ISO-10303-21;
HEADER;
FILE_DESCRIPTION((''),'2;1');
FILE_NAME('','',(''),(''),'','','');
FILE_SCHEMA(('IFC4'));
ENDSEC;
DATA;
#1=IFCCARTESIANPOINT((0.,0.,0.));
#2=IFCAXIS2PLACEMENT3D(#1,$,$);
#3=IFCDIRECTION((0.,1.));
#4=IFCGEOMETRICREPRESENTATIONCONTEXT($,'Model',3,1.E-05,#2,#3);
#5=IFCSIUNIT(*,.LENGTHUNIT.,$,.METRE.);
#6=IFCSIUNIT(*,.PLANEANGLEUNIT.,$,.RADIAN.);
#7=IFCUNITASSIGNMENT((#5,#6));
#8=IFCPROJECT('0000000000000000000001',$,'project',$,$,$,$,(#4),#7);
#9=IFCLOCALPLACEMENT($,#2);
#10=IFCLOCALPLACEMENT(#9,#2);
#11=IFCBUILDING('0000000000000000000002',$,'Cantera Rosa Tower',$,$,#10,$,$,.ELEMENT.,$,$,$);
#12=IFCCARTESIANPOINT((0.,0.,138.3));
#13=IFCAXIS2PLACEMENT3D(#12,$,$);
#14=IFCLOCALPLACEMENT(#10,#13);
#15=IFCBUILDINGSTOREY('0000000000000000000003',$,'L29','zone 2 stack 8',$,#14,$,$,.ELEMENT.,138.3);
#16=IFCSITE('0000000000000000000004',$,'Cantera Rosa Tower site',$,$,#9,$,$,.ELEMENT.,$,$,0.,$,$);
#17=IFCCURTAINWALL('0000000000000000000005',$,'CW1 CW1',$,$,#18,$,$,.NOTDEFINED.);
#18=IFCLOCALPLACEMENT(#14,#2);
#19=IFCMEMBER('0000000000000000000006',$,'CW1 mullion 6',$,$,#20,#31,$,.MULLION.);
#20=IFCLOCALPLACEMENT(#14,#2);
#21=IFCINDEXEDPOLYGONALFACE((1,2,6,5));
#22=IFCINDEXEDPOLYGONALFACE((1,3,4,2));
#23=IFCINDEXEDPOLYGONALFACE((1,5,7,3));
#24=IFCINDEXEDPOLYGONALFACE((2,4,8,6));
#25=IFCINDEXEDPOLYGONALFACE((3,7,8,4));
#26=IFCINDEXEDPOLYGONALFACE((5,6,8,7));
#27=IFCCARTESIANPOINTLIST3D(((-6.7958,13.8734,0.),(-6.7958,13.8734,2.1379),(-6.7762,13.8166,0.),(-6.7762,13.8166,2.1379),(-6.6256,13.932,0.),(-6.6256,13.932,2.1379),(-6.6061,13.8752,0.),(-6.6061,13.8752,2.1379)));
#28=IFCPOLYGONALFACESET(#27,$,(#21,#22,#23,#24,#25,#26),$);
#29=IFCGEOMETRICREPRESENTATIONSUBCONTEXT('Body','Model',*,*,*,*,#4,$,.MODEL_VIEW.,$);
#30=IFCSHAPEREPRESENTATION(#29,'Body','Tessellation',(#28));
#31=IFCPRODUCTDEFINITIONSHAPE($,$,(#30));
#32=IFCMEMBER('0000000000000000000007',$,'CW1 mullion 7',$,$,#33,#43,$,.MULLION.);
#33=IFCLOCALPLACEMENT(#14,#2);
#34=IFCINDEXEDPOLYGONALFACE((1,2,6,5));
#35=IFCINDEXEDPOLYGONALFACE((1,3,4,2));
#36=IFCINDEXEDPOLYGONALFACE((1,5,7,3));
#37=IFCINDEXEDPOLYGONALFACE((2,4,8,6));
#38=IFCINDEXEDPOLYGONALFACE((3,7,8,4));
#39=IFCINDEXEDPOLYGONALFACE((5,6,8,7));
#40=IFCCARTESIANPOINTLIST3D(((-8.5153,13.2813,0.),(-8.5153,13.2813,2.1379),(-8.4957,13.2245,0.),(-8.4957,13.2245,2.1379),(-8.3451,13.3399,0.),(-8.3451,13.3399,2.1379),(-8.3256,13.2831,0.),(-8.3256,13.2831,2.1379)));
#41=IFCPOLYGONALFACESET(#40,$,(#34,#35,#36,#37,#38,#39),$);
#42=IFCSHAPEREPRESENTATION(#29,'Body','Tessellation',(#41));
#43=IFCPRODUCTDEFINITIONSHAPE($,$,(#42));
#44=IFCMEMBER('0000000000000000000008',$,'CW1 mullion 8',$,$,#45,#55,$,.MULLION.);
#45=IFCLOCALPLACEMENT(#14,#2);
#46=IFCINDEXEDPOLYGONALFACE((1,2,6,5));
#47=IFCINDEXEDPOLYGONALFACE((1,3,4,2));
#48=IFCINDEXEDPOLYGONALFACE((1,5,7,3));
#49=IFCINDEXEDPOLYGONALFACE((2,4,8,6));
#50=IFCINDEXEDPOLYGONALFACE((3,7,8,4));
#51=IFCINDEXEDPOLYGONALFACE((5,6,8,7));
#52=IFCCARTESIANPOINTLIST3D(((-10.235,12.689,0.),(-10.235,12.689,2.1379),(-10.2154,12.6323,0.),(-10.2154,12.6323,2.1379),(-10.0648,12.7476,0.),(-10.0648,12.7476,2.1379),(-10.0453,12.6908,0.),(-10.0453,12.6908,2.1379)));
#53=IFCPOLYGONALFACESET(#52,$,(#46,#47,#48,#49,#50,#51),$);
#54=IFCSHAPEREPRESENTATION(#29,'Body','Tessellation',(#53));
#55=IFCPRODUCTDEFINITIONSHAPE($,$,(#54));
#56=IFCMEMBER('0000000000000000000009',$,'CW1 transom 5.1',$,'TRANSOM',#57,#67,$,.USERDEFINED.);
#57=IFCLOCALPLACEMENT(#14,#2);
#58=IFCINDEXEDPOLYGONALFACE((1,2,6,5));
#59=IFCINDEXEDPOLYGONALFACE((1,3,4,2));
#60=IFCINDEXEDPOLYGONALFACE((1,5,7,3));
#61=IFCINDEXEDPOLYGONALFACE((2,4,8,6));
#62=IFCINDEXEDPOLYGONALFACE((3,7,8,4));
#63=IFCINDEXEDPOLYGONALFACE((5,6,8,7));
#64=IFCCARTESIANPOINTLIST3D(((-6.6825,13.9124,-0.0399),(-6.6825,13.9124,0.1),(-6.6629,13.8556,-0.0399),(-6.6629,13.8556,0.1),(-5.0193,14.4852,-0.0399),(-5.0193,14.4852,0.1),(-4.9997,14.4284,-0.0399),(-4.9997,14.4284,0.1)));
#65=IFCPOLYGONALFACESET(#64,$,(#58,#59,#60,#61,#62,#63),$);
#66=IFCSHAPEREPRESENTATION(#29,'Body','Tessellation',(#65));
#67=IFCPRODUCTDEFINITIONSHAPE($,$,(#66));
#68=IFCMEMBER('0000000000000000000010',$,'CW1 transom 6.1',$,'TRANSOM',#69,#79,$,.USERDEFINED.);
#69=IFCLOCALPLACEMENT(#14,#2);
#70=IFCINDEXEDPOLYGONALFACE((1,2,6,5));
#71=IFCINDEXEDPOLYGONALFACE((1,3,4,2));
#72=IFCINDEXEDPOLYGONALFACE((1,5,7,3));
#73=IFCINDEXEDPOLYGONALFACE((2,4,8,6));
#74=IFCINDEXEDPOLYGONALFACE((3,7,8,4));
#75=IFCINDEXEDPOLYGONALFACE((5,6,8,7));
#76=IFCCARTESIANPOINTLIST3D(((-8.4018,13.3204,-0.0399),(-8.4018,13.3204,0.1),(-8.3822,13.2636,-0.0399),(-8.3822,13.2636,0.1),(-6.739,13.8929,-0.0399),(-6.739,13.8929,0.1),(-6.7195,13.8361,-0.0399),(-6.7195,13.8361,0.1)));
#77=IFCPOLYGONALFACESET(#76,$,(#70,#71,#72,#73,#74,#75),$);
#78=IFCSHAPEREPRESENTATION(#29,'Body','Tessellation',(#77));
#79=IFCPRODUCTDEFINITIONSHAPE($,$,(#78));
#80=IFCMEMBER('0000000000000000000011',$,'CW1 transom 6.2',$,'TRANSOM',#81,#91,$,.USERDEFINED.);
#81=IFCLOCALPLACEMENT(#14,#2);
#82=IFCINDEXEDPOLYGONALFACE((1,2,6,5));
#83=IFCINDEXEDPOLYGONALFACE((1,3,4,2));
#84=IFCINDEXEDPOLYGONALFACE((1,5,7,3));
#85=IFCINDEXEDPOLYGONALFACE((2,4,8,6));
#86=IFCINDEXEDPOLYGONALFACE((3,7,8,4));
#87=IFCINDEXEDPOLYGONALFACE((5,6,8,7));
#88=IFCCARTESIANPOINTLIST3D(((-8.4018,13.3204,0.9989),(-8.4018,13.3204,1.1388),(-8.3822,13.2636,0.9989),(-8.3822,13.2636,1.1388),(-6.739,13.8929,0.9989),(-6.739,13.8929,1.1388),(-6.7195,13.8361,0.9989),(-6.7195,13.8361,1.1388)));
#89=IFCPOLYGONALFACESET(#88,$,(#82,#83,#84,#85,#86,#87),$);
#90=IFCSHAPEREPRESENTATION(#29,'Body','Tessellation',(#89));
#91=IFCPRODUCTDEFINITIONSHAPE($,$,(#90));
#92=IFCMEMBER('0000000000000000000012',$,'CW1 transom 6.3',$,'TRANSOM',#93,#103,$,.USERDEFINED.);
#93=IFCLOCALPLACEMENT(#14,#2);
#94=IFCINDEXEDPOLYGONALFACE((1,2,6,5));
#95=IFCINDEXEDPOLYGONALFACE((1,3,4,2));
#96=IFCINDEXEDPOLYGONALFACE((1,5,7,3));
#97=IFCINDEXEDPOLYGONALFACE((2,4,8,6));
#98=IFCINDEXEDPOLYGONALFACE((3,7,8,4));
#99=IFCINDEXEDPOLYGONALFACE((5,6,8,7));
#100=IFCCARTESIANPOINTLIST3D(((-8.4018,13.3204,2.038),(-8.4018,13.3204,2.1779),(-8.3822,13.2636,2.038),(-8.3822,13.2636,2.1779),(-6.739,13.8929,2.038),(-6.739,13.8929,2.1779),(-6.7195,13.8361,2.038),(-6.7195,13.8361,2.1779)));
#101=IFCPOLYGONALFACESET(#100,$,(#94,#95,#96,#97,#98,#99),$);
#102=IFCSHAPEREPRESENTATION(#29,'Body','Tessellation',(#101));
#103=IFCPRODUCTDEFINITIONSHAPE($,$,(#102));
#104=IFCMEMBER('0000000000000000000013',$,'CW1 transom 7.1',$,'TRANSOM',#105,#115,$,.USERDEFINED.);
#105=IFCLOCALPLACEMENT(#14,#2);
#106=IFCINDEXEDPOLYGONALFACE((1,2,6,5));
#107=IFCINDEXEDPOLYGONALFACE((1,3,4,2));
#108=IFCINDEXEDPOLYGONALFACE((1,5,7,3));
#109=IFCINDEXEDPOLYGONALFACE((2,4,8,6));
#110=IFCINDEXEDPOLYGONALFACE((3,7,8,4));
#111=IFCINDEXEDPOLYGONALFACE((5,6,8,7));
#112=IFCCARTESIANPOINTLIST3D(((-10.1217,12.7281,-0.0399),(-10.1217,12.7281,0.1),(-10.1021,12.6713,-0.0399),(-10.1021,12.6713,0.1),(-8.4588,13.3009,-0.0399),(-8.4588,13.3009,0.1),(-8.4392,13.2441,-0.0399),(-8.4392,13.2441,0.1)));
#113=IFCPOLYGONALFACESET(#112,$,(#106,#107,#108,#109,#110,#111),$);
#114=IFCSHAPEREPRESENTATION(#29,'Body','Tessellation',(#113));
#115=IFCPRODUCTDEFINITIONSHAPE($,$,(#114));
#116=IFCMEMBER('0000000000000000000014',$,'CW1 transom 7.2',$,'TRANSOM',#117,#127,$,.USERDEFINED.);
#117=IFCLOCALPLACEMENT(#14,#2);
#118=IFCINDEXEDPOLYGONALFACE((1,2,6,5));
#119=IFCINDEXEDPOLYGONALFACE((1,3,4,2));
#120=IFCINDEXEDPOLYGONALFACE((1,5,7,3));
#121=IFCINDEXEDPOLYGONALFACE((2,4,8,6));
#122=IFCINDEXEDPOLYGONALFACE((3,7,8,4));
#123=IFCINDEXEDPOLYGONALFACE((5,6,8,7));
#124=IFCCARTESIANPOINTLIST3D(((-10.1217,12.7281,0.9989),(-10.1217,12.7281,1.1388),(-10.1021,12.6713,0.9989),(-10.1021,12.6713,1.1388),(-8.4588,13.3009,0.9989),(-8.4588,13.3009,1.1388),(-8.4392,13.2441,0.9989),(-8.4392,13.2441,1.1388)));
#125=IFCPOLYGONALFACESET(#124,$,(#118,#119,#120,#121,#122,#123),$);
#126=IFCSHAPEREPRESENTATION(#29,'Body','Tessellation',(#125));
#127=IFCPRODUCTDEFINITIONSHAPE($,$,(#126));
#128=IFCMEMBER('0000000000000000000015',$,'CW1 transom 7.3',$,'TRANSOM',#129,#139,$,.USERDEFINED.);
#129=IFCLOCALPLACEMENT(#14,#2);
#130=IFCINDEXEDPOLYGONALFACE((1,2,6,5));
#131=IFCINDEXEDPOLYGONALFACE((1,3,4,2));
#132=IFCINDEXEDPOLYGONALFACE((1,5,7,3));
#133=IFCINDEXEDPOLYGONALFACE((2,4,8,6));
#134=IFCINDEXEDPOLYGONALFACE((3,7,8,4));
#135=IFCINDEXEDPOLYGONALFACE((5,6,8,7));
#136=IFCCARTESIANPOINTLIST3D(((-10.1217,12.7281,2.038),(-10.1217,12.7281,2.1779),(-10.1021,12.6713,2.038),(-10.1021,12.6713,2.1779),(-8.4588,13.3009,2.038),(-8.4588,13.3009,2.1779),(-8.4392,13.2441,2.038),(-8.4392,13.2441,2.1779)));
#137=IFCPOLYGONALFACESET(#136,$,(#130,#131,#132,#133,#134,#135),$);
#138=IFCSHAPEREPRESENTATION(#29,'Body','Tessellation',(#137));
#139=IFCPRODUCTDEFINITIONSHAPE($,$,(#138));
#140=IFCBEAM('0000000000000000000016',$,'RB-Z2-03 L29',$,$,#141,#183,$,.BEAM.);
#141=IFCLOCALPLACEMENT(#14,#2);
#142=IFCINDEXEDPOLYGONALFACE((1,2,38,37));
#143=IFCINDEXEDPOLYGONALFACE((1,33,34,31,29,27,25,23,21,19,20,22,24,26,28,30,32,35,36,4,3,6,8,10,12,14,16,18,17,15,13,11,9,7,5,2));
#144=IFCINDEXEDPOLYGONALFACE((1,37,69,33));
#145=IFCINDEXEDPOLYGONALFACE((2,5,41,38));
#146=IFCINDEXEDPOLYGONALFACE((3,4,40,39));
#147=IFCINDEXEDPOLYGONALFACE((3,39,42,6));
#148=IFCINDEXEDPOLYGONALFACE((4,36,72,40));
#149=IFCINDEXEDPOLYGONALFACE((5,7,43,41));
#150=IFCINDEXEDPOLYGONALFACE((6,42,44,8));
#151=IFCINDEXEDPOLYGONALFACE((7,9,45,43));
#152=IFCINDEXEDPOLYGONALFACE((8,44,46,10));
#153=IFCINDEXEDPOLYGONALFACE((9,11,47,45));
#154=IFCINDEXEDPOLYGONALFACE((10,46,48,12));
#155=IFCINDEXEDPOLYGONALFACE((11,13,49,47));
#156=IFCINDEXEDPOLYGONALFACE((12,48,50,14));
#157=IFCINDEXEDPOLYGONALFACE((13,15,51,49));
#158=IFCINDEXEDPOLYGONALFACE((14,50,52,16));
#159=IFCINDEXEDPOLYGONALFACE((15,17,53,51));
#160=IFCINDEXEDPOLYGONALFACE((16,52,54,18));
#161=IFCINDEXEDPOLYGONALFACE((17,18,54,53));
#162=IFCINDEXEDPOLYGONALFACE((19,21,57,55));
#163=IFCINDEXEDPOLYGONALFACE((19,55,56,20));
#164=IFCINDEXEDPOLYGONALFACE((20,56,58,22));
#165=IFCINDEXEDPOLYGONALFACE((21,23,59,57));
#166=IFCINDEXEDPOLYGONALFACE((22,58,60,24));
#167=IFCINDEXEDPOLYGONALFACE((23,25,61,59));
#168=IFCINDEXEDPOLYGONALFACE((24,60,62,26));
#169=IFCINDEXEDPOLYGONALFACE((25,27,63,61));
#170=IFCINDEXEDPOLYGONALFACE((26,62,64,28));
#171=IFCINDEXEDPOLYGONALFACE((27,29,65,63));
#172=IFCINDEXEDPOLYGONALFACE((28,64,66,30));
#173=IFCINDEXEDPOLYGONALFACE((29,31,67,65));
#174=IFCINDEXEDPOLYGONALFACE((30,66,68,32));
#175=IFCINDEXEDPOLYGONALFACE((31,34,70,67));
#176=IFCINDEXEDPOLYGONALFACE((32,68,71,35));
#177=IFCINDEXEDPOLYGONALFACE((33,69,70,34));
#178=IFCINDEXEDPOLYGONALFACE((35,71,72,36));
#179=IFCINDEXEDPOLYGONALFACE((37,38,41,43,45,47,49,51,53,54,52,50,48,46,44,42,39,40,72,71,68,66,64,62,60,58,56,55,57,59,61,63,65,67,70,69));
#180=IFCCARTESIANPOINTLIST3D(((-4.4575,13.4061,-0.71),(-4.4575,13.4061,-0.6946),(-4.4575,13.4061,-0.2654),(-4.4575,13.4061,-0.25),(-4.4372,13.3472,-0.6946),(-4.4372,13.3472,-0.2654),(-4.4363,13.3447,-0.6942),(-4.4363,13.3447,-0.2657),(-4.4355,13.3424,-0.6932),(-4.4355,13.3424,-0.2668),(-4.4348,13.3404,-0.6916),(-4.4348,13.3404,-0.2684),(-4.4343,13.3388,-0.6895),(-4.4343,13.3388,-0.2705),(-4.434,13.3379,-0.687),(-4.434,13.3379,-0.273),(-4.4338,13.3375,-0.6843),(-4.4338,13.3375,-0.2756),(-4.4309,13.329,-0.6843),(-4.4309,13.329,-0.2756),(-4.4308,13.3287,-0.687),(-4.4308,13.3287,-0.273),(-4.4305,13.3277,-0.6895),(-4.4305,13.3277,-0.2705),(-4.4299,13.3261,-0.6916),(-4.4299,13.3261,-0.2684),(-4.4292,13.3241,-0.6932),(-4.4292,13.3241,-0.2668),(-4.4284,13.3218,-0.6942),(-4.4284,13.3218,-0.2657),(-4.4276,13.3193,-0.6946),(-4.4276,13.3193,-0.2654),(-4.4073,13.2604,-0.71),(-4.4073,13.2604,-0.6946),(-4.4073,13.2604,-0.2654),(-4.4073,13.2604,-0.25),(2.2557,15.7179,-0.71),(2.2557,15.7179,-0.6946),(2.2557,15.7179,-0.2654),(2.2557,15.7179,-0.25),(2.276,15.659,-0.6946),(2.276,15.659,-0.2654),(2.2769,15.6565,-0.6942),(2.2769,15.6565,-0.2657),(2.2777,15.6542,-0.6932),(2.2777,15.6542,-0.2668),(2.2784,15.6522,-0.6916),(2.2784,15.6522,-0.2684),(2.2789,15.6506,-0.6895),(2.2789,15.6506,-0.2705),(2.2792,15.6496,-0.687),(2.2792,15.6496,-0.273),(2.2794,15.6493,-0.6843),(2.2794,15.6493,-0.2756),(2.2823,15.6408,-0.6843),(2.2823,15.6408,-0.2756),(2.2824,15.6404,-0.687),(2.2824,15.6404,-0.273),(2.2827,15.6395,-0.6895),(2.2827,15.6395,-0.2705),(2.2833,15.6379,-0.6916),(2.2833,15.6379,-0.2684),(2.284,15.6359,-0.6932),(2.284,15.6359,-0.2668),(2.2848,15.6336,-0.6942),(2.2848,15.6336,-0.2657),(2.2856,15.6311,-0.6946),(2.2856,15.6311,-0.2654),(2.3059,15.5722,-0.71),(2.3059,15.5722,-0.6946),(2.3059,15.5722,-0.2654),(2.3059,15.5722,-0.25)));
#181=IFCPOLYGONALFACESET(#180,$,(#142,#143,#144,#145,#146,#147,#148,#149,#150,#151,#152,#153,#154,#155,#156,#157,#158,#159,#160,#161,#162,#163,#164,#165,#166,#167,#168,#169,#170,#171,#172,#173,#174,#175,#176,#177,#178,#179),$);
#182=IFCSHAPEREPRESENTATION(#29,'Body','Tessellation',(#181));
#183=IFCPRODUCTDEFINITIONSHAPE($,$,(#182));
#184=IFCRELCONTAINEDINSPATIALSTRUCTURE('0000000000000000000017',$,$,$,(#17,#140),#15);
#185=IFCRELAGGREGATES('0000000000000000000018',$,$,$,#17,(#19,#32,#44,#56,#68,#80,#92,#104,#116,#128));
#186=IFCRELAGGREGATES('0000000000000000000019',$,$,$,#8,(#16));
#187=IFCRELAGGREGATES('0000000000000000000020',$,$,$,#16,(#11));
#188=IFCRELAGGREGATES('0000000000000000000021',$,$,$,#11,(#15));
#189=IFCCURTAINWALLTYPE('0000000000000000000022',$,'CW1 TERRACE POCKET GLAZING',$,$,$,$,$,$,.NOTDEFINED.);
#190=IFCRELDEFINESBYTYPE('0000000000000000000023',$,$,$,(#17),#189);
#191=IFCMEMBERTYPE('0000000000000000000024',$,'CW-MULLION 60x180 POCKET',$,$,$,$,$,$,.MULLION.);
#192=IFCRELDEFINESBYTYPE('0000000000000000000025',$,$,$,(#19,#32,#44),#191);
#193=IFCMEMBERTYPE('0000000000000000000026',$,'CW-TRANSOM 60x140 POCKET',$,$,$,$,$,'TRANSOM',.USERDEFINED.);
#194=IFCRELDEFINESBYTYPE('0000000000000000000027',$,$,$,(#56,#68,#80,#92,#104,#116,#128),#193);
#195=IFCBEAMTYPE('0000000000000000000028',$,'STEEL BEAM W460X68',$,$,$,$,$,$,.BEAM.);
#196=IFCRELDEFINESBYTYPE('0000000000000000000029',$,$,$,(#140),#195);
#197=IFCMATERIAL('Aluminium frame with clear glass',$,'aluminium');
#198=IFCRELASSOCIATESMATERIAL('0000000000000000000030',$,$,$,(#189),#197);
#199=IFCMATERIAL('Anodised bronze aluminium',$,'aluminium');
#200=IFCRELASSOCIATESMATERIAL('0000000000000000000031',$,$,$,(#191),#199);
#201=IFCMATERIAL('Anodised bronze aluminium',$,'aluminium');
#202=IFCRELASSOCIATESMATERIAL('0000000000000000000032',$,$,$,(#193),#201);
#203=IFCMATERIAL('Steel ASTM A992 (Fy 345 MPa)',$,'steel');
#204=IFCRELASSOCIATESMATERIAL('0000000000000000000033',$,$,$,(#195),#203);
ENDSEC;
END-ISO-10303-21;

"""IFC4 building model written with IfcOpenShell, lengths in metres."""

from ifc_helpers import new_model, si_unit, direction, frame, origin, origin_2d, place, context, subcontext, project, spatial, rectangle, i_section, extrude, material, material_profile, profile_set, type_object, element, aggregate, save


model = new_model("IFC4")

# Units and contexts
model_context = context("Model", 3, precision=1e-05, world=origin(), true_north=direction((0.0, 1.0)))
body_context = subcontext(model_context, "Body", "Model", "MODEL_VIEW")
ifc_project = project(units=[si_unit("LENGTHUNIT", "METRE"), si_unit("PLANEANGLEUNIT", "RADIAN")], contexts=[model_context])

# Site, building, storey
site_placement = place(None, origin())
site = spatial("IfcSite", under=ifc_project, at=site_placement, Name="Cantera Rosa Tower site", CompositionType="ELEMENT", RefElevation=0.0)
building_placement = place(site_placement, origin())
building = spatial("IfcBuilding", under=site, at=building_placement, Name="Cantera Rosa Tower", CompositionType="ELEMENT")
storey_placement = place(building_placement, frame((0.0, 0.0, 138.3)))
storey = spatial("IfcBuildingStorey", under=building, at=storey_placement, Name="L29", Description="zone 2 stack 8", CompositionType="ELEMENT", Elevation=138.3)

# Curtain wall, members
ifc_material_1 = material(Name="Aluminium frame with clear glass", Category="aluminium")
curtain_wall_type = type_object("IfcCurtainWallType", Name="CW1 TERRACE POCKET GLAZING", PredefinedType="NOTDEFINED", material=ifc_material_1)
curtain_wall_placement = place(storey_placement, origin())
curtain_wall = element("IfcCurtainWall", 1, at=curtain_wall_placement, inside=storey, type_object=curtain_wall_type, Name="CW1 CW1", PredefinedType="NOTDEFINED")
ifc_material_2 = material(Name="Anodised bronze aluminium", Category="aluminium")
ifc_material_profile_1 = material_profile(ifc_material_2, rectangle(XDim=0.0601, YDim=0.1799, at=origin_2d()), Name="CW-MULLION 60x180 POCKET")
ifc_profile_set_1 = profile_set([ifc_material_profile_1], Name="Anodised bronze aluminium")
member_type_1 = type_object("IfcMemberType", Name="CW-MULLION 60x180 POCKET", PredefinedType="MULLION", material=ifc_profile_set_1)
member_1_placement = place(storey_placement, frame((-6.7009, 13.8743, 0.0), z_axis=(0.0, 0.0, 1.0), x_axis=(0.325568, -0.945519, 0.0)))
member_1 = element("IfcMember", 2, at=member_1_placement, type_object=member_type_1, Name="CW1 mullion 6", PredefinedType="MULLION", context=body_context, shape_type="SweptSolid", body=[
    extrude(rectangle(XDim=0.0601, YDim=0.1799, at=origin_2d()), origin(), (0.0, 0.0, 1.0), 2.1379),
])
member_2_placement = place(storey_placement, frame((-8.4204, 13.2822, 0.0), z_axis=(0.0, 0.0, 1.0), x_axis=(0.325568, -0.945519, 0.0)))
member_2 = element("IfcMember", 3, at=member_2_placement, type_object=member_type_1, Name="CW1 mullion 7", PredefinedType="MULLION", context=body_context, shape_type="SweptSolid", body=[
    extrude(rectangle(XDim=0.0601, YDim=0.1799, at=origin_2d()), origin(), (0.0, 0.0, 1.0), 2.1379),
])
member_3_placement = place(storey_placement, frame((-10.1401, 12.6899, 0.0), z_axis=(0.0, 0.0, 1.0), x_axis=(0.325568, -0.945519, 0.0)))
member_3 = element("IfcMember", 4, at=member_3_placement, type_object=member_type_1, Name="CW1 mullion 8", PredefinedType="MULLION", context=body_context, shape_type="SweptSolid", body=[
    extrude(rectangle(XDim=0.0601, YDim=0.1799, at=origin_2d()), origin(), (0.0, 0.0, 1.0), 2.1379),
])
ifc_material_3 = material(Name="Anodised bronze aluminium", Category="aluminium")
ifc_material_profile_2 = material_profile(ifc_material_3, rectangle(XDim=0.0601, YDim=0.1399, at=origin_2d()), Name="CW-TRANSOM 60x140 POCKET")
ifc_profile_set_2 = profile_set([ifc_material_profile_2], Name="Anodised bronze aluminium")
member_type_2 = type_object("IfcMemberType", Name="CW-TRANSOM 60x140 POCKET", ElementType="TRANSOM", PredefinedType="USERDEFINED", material=ifc_profile_set_2)
member_4_placement = place(storey_placement, frame((-5.0095, 14.4568, 0.03), z_axis=(-0.9455, -0.325623, 0.0), x_axis=(0.325623, -0.9455, 0.0)))
member_4 = element("IfcMember", 5, at=member_4_placement, type_object=member_type_2, Name="CW1 transom 5.1", ObjectType="TRANSOM", PredefinedType="USERDEFINED", context=body_context, shape_type="SweptSolid", body=[
    extrude(rectangle(XDim=0.0601, YDim=0.1399, at=origin_2d()), origin(), (0.0, 0.0, 1.0), 1.759),
])
member_5_placement = place(storey_placement, frame((-6.7292, 13.8645, 0.03), z_axis=(-0.945528, -0.325541, 0.0), x_axis=(0.325541, -0.945528, 0.0)))
member_5 = element("IfcMember", 6, at=member_5_placement, type_object=member_type_2, Name="CW1 transom 6.1", ObjectType="TRANSOM", PredefinedType="USERDEFINED", context=body_context, shape_type="SweptSolid", body=[
    extrude(rectangle(XDim=0.0601, YDim=0.1399, at=origin_2d()), origin(), (0.0, 0.0, 1.0), 1.7585),
])
member_6_placement = place(storey_placement, frame((-6.7292, 13.8645, 1.0688), z_axis=(-0.945528, -0.325541, 0.0), x_axis=(0.325541, -0.945528, 0.0)))
member_6 = element("IfcMember", 7, at=member_6_placement, type_object=member_type_2, Name="CW1 transom 6.2", ObjectType="TRANSOM", PredefinedType="USERDEFINED", context=body_context, shape_type="SweptSolid", body=[
    extrude(rectangle(XDim=0.0601, YDim=0.1399, at=origin_2d()), origin(), (0.0, 0.0, 1.0), 1.7585),
])
member_7_placement = place(storey_placement, frame((-6.7292, 13.8645, 2.1079), z_axis=(-0.945528, -0.325541, 0.0), x_axis=(0.325541, -0.945528, 0.0)))
member_7 = element("IfcMember", 8, at=member_7_placement, type_object=member_type_2, Name="CW1 transom 6.3", ObjectType="TRANSOM", PredefinedType="USERDEFINED", context=body_context, shape_type="SweptSolid", body=[
    extrude(rectangle(XDim=0.0601, YDim=0.1399, at=origin_2d()), origin(), (0.0, 0.0, 1.0), 1.7585),
])
member_8_placement = place(storey_placement, frame((-8.449, 13.2725, 0.03), z_axis=(-0.945485, -0.325666, 0.0), x_axis=(0.325666, -0.945485, 0.0)))
member_8 = element("IfcMember", 9, at=member_8_placement, type_object=member_type_2, Name="CW1 transom 7.1", ObjectType="TRANSOM", PredefinedType="USERDEFINED", context=body_context, shape_type="SweptSolid", body=[
    extrude(rectangle(XDim=0.0601, YDim=0.1399, at=origin_2d()), origin(), (0.0, 0.0, 1.0), 1.7588),
])
member_9_placement = place(storey_placement, frame((-8.449, 13.2725, 1.0688), z_axis=(-0.945485, -0.325666, 0.0), x_axis=(0.325666, -0.945485, 0.0)))
member_9 = element("IfcMember", 10, at=member_9_placement, type_object=member_type_2, Name="CW1 transom 7.2", ObjectType="TRANSOM", PredefinedType="USERDEFINED", context=body_context, shape_type="SweptSolid", body=[
    extrude(rectangle(XDim=0.0601, YDim=0.1399, at=origin_2d()), origin(), (0.0, 0.0, 1.0), 1.7588),
])
member_10_placement = place(storey_placement, frame((-8.449, 13.2725, 2.1079), z_axis=(-0.945485, -0.325666, 0.0), x_axis=(0.325666, -0.945485, 0.0)))
member_10 = element("IfcMember", 11, at=member_10_placement, type_object=member_type_2, Name="CW1 transom 7.3", ObjectType="TRANSOM", PredefinedType="USERDEFINED", context=body_context, shape_type="SweptSolid", body=[
    extrude(rectangle(XDim=0.0601, YDim=0.1399, at=origin_2d()), origin(), (0.0, 0.0, 1.0), 1.7588),
])

# Beam
ifc_material_4 = material(Name="Steel ASTM A992 (Fy 345 MPa)", Category="steel")
ifc_material_profile_3 = material_profile(ifc_material_4, i_section(OverallWidth=0.1541, OverallDepth=0.46, WebThickness=0.009, FlangeThickness=0.0154, FilletRadius=0.0103, at=origin_2d()), Name="W460X68")
ifc_profile_set_3 = profile_set([ifc_material_profile_3], Name="Steel ASTM A992 (Fy 345 MPa)")
beam_type = type_object("IfcBeamType", Name="STEEL BEAM W460X68", PredefinedType="BEAM", material=ifc_profile_set_3)
beam_placement = place(storey_placement, frame((-4.4324, 13.3333, -0.48), z_axis=(0.945508, 0.3256, 0.0), x_axis=(-0.3256, 0.945508, 0.0)))
element("IfcBeam", 12, at=beam_placement, inside=storey, type_object=beam_type, Name="RB-Z2-03 L29", PredefinedType="BEAM", context=body_context, shape_type="SweptSolid", body=[
    extrude(i_section(OverallWidth=0.1541, OverallDepth=0.46, WebThickness=0.009, FlangeThickness=0.0154, FilletRadius=0.0103, at=origin_2d()), origin(), (0.0, 0.0, 1.0), 7.1001),
])

aggregate(curtain_wall, [member_1, member_2, member_3, member_4, member_5, member_6, member_7, member_8, member_9, member_10])

save(model, "model.ifc")
